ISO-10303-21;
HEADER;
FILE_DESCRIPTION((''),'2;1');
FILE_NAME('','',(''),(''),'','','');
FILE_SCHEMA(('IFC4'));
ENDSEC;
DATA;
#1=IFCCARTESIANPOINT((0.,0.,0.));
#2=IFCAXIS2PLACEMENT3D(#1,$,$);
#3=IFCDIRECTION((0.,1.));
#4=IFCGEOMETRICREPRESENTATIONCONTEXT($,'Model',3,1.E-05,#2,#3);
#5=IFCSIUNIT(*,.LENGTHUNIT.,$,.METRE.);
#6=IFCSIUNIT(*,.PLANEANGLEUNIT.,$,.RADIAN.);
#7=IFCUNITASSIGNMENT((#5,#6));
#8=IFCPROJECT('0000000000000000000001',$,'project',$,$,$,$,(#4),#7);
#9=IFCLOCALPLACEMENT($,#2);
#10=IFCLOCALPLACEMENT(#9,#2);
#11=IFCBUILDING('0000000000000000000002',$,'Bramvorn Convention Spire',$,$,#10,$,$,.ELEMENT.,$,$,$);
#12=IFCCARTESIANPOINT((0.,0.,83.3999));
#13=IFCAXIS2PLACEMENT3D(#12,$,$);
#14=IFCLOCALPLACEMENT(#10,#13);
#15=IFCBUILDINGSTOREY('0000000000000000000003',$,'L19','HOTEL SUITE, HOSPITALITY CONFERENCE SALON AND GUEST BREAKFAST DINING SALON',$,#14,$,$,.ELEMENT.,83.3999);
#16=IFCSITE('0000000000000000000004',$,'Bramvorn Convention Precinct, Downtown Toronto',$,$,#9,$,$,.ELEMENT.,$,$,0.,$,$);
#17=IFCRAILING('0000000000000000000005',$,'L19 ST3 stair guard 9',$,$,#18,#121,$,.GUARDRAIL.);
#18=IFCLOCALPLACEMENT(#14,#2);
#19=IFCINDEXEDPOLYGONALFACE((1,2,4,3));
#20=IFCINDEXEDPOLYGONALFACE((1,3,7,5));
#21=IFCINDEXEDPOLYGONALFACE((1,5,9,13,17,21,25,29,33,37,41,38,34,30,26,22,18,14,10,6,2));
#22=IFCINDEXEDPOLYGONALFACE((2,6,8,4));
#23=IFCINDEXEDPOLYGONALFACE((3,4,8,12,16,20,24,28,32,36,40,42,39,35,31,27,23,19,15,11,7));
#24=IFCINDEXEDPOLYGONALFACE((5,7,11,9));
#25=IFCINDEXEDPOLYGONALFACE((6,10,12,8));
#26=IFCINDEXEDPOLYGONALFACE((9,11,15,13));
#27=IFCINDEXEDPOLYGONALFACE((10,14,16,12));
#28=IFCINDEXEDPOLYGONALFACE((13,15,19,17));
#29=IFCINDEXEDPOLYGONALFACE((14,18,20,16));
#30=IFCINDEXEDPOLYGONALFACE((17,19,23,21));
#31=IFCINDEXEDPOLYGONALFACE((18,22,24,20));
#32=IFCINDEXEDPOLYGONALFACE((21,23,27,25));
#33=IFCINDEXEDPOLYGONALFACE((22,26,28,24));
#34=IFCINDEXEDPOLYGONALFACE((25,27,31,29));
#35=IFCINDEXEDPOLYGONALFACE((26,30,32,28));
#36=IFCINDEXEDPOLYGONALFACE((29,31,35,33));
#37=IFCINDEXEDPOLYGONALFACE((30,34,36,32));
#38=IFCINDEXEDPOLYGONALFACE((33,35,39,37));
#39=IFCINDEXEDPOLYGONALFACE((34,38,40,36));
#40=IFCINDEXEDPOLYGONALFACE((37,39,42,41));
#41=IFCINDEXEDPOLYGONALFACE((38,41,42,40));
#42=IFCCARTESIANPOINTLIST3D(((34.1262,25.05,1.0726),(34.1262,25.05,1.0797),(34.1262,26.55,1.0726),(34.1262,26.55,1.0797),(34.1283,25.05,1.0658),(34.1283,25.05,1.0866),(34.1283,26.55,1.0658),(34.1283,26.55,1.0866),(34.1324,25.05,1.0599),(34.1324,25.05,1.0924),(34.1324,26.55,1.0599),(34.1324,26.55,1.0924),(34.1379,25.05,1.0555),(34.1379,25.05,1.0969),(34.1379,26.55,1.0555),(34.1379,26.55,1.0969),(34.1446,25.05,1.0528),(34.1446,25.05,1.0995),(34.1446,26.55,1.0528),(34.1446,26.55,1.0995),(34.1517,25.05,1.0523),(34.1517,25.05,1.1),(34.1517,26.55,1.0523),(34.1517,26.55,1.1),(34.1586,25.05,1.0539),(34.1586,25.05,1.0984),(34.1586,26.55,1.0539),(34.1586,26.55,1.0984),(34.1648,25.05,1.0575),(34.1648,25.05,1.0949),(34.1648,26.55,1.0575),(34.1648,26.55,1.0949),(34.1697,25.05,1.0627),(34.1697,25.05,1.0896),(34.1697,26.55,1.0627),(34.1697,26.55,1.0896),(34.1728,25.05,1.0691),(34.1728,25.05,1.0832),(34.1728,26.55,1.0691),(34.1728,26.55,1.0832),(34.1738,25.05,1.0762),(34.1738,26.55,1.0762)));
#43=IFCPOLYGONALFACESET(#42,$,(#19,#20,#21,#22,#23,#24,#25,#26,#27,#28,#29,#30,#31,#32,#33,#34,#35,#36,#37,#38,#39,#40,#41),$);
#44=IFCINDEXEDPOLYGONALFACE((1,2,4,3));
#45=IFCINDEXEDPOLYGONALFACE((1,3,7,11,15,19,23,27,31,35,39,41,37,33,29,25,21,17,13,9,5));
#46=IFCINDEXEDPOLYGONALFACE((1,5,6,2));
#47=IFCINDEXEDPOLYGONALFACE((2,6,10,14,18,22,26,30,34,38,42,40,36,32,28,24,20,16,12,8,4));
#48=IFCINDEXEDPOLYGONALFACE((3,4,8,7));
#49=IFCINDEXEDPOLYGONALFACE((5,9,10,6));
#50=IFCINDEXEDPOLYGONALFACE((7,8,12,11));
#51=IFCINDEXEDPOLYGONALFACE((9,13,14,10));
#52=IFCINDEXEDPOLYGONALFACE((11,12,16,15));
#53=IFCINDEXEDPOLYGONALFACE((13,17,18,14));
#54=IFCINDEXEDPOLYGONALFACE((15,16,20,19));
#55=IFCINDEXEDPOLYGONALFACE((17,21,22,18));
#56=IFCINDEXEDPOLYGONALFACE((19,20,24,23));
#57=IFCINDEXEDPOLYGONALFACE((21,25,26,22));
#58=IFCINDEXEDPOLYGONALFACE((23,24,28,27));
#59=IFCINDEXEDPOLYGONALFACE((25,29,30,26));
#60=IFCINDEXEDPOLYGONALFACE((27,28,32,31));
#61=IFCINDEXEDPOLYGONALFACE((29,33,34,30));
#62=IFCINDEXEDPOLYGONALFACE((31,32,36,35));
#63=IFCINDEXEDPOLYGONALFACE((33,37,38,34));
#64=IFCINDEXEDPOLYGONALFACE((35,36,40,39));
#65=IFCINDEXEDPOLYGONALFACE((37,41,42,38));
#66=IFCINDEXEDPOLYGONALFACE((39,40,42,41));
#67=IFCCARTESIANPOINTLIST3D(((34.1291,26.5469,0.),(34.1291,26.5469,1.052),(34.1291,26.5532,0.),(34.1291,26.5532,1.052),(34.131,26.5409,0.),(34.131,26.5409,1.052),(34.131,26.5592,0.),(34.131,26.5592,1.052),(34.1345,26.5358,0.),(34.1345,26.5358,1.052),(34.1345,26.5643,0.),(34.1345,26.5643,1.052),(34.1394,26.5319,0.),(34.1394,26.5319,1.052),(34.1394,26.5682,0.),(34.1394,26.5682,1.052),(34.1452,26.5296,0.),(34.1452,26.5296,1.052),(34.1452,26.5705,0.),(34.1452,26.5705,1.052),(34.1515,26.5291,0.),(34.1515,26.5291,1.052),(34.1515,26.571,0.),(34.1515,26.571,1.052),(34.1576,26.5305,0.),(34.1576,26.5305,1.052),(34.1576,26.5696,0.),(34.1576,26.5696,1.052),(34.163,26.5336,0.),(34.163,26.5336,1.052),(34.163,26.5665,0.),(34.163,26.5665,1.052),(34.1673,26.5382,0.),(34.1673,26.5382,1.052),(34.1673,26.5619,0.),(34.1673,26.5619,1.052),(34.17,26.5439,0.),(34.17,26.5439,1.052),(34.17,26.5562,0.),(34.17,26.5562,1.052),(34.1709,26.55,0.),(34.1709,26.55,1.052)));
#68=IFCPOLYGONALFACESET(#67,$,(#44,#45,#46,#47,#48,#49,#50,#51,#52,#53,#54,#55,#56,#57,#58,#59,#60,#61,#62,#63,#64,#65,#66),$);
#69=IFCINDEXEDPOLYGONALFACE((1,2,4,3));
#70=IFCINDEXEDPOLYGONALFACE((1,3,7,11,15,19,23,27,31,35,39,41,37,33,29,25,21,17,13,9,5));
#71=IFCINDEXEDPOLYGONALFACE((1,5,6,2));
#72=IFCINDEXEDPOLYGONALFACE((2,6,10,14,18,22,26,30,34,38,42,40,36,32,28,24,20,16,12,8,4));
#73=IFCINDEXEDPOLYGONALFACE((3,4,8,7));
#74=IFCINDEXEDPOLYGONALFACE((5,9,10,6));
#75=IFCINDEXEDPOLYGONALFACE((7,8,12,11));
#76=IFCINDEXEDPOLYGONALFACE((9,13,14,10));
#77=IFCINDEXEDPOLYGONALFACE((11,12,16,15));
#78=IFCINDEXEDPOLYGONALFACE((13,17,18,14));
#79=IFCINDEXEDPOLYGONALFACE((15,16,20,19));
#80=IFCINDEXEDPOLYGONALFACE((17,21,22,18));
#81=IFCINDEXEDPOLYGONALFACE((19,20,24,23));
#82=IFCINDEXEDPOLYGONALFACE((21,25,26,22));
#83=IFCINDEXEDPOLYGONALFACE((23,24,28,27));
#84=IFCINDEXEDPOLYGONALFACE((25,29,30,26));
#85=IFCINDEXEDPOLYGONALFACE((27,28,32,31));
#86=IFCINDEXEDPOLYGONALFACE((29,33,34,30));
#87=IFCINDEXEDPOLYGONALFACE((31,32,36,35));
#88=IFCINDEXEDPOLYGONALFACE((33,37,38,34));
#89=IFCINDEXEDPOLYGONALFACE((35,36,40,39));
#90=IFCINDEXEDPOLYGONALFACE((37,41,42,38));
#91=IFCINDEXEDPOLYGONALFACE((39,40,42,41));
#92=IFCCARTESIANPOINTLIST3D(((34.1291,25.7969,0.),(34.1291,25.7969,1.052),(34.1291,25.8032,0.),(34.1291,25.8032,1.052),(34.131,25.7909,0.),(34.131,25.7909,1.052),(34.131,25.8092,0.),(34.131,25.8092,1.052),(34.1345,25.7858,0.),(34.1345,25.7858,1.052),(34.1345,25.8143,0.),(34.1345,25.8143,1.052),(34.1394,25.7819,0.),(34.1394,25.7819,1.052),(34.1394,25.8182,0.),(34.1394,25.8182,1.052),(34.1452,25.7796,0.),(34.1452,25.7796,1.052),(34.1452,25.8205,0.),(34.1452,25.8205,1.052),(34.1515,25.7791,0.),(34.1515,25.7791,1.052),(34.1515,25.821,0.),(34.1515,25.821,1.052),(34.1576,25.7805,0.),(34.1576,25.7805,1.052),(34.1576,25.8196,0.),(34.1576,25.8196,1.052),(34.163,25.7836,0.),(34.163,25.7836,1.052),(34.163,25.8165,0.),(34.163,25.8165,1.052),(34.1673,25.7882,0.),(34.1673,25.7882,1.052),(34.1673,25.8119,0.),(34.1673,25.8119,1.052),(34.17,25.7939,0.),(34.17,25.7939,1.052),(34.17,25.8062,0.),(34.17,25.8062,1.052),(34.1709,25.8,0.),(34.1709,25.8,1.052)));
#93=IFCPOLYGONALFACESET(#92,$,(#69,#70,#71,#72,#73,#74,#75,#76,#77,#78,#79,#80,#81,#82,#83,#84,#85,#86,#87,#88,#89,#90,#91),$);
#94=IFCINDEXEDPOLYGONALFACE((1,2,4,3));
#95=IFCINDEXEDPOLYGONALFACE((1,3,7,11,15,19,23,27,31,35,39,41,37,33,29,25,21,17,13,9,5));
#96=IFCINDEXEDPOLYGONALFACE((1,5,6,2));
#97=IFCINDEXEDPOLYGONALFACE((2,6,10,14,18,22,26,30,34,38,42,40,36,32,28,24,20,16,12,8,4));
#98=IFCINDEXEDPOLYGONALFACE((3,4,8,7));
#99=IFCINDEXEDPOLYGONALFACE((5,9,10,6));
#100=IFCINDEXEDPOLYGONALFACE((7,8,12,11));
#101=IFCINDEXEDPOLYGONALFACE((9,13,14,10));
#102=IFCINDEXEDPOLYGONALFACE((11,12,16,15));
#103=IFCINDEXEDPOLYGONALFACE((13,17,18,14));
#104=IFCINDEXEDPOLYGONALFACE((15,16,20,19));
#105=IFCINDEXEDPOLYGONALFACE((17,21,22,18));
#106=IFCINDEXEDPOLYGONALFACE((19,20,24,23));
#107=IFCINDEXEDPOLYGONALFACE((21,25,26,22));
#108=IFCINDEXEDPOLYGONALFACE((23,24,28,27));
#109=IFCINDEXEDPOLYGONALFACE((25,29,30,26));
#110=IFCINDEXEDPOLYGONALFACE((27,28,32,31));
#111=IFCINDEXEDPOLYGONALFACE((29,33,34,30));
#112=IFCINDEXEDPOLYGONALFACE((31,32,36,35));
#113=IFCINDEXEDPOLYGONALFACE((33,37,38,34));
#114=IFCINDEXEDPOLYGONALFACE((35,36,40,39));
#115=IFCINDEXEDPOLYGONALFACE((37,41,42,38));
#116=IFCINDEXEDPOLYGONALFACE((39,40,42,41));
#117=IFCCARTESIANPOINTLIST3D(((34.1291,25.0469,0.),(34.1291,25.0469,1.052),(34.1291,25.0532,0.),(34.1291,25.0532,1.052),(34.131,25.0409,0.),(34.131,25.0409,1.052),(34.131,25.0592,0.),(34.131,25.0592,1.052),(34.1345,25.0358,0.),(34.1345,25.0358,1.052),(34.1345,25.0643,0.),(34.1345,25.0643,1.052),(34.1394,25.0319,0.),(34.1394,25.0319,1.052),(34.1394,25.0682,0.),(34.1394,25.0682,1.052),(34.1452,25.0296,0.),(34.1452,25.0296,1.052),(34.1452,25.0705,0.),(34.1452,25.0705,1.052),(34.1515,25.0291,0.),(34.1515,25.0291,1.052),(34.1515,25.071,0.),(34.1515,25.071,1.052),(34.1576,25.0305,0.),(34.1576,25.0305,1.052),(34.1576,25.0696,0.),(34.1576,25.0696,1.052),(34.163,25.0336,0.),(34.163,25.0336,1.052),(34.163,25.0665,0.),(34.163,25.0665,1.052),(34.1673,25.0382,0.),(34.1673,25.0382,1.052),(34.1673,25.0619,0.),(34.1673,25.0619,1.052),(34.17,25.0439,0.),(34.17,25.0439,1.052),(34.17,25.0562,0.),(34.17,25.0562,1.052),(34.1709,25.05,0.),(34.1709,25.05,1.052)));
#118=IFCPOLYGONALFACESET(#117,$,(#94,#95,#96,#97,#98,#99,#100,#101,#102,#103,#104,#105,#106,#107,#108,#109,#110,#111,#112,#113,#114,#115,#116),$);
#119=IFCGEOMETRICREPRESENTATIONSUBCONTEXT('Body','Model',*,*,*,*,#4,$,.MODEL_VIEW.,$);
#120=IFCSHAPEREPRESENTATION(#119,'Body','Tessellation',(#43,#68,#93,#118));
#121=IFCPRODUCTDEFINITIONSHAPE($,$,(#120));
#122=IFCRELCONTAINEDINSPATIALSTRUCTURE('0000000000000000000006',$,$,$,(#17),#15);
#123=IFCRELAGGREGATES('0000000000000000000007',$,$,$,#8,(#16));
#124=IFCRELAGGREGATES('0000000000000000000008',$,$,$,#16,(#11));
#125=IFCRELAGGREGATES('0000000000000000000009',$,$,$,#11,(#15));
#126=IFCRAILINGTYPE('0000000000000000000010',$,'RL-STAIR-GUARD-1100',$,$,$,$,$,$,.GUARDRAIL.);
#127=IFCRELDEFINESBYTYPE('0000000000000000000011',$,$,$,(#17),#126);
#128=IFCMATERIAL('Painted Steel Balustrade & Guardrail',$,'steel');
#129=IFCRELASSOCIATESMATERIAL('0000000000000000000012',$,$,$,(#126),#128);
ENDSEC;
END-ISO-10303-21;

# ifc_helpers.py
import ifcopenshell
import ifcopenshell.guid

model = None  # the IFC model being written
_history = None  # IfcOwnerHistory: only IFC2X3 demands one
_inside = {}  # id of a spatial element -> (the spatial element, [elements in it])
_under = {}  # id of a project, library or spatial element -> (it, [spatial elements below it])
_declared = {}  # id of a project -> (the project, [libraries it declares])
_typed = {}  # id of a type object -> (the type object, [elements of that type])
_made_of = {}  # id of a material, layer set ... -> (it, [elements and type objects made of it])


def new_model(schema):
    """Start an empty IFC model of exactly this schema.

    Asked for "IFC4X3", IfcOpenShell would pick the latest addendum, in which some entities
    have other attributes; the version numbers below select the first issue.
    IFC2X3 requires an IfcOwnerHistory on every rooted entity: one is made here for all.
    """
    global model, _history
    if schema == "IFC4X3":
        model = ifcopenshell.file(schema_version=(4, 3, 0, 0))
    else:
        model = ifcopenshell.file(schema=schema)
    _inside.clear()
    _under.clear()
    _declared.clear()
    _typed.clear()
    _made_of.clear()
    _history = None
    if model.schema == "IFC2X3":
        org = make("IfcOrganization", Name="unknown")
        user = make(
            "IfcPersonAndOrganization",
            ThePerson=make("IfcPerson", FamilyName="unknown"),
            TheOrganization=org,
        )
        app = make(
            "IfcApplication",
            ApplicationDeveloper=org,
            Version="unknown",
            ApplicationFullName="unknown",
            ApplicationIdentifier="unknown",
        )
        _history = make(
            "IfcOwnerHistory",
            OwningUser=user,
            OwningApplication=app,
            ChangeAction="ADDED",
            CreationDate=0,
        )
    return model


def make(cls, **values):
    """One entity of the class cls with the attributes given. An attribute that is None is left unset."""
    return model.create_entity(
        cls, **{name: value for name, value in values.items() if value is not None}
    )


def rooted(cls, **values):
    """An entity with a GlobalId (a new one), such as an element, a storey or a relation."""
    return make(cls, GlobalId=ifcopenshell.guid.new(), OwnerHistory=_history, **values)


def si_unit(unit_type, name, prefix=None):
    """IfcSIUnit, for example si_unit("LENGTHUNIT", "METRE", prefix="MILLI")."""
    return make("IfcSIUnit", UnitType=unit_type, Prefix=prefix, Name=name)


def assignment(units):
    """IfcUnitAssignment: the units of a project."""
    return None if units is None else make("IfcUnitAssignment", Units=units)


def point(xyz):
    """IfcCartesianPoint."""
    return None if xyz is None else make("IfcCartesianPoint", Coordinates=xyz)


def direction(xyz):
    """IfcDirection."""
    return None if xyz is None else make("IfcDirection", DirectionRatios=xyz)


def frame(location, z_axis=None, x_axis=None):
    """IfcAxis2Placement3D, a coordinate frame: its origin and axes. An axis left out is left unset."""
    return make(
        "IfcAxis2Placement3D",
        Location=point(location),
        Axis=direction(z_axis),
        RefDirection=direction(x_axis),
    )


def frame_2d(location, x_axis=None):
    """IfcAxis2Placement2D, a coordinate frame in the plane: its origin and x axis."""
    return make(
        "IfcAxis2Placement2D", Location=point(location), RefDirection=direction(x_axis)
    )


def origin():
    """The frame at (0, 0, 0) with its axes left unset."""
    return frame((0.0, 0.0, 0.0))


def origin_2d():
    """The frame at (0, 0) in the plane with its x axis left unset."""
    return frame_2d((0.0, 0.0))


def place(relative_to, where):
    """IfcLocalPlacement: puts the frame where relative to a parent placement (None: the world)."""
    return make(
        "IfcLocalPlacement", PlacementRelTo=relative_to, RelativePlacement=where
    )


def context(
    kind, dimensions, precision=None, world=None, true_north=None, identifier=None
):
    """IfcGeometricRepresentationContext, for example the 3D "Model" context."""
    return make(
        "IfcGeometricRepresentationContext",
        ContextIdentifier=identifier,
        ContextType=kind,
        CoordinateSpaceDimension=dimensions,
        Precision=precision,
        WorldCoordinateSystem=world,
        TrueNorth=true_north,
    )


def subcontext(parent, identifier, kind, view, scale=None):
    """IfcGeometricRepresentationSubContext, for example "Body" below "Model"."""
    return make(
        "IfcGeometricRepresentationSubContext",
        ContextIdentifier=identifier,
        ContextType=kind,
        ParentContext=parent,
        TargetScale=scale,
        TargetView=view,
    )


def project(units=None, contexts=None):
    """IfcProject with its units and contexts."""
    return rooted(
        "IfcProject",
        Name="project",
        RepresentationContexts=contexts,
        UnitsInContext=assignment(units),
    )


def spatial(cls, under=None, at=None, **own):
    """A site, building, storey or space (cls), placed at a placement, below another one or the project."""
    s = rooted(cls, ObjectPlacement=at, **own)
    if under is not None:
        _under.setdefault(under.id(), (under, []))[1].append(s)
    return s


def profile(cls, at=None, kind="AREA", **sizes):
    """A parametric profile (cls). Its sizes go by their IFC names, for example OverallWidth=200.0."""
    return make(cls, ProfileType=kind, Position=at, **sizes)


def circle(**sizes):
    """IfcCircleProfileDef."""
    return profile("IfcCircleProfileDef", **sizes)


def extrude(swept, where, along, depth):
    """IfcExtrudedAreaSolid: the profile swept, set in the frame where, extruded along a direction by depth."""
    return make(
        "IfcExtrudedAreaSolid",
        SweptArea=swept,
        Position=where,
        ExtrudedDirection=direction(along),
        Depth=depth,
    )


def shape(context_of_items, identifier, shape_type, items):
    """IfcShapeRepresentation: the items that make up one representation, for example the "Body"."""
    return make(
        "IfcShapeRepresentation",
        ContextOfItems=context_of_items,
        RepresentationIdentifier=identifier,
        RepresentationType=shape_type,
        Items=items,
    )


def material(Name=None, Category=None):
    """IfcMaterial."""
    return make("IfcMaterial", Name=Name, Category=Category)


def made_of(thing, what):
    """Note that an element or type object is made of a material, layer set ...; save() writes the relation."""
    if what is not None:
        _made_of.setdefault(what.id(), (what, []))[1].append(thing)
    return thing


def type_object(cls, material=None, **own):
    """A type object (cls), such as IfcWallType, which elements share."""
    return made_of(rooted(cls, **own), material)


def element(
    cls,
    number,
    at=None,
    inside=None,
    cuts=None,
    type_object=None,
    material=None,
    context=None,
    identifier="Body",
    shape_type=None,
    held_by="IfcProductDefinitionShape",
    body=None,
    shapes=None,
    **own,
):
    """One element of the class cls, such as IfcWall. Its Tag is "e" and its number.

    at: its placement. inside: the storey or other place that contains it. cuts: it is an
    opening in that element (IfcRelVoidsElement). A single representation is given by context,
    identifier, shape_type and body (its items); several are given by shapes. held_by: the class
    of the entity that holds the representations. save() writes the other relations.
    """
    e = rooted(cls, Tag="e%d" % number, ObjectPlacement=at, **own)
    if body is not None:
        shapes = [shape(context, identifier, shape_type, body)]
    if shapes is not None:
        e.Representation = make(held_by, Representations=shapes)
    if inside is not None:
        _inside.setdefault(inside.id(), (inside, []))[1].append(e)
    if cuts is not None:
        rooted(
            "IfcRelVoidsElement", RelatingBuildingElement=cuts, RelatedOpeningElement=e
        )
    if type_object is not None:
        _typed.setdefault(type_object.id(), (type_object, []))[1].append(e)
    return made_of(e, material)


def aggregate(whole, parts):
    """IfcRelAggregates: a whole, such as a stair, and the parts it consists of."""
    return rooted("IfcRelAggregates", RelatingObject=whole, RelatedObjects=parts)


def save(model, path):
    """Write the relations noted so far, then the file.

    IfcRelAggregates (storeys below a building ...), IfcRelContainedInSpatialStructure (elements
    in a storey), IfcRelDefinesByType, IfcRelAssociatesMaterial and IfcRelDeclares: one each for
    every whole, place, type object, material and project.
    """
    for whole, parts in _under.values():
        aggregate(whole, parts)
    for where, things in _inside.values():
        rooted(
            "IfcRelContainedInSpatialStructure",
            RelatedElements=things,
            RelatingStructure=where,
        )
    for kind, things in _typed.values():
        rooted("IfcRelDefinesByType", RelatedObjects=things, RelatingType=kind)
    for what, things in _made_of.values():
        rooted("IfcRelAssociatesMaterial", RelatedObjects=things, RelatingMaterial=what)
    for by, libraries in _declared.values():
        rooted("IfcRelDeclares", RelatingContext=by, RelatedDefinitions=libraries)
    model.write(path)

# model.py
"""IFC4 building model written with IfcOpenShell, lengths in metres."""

from ifc_helpers import new_model, si_unit, direction, frame, origin, origin_2d, place, context, subcontext, project, spatial, circle, extrude, material, type_object, element, save


model = new_model("IFC4")

# Units and contexts
model_context = context("Model", 3, precision=1e-05, world=origin(), true_north=direction((0.0, 1.0)))
body_context = subcontext(model_context, "Body", "Model", "MODEL_VIEW")
ifc_project = project(units=[si_unit("LENGTHUNIT", "METRE"), si_unit("PLANEANGLEUNIT", "RADIAN")], contexts=[model_context])

# Site, building, storey
site_placement = place(None, origin())
site = spatial("IfcSite", under=ifc_project, at=site_placement, Name="Bramvorn Convention Precinct, Downtown Toronto", CompositionType="ELEMENT", RefElevation=0.0)
building_placement = place(site_placement, origin())
building = spatial("IfcBuilding", under=site, at=building_placement, Name="Bramvorn Convention Spire", CompositionType="ELEMENT")
storey_placement = place(building_placement, frame((0.0, 0.0, 83.3999)))
storey = spatial("IfcBuildingStorey", under=building, at=storey_placement, Name="L19", Description="HOTEL SUITE, HOSPITALITY CONFERENCE SALON AND GUEST BREAKFAST DINING SALON", CompositionType="ELEMENT", Elevation=83.3999)

# Railing
ifc_material_1 = material(Name="Painted Steel Balustrade & Guardrail", Category="steel")
railing_type_1 = type_object("IfcRailingType", Name="RL-STAIR-GUARD-1100", PredefinedType="GUARDRAIL", material=ifc_material_1)
for number, where, name in (
    (1, (34.1499, 26.55, 0.0), "L19 ST3 stair guard 9"),
):
    element("IfcRailing", number, at=place(storey_placement, frame(where)), inside=storey, type_object=railing_type_1, Name=name, PredefinedType="GUARDRAIL", context=body_context, shape_type="SweptSolid", body=[
        extrude(circle(Radius=0.0239, at=origin_2d()), frame((0.0, 0.0, 1.0762), z_axis=(0.0, -1.0, 0.0), x_axis=(1.0, 0.0, 0.0)), (0.0, 0.0, 1.0), 1.5),
        extrude(circle(Radius=0.021, at=origin_2d()), origin(), (0.0, 0.0, 1.0), 1.052),
        extrude(circle(Radius=0.021, at=origin_2d()), frame((0.0, -0.75, 0.0)), (0.0, 0.0, 1.0), 1.052),
        extrude(circle(Radius=0.021, at=origin_2d()), frame((0.0, -1.5, 0.0)), (0.0, 0.0, 1.0), 1.052),
    ])

save(model, "model.ifc")
